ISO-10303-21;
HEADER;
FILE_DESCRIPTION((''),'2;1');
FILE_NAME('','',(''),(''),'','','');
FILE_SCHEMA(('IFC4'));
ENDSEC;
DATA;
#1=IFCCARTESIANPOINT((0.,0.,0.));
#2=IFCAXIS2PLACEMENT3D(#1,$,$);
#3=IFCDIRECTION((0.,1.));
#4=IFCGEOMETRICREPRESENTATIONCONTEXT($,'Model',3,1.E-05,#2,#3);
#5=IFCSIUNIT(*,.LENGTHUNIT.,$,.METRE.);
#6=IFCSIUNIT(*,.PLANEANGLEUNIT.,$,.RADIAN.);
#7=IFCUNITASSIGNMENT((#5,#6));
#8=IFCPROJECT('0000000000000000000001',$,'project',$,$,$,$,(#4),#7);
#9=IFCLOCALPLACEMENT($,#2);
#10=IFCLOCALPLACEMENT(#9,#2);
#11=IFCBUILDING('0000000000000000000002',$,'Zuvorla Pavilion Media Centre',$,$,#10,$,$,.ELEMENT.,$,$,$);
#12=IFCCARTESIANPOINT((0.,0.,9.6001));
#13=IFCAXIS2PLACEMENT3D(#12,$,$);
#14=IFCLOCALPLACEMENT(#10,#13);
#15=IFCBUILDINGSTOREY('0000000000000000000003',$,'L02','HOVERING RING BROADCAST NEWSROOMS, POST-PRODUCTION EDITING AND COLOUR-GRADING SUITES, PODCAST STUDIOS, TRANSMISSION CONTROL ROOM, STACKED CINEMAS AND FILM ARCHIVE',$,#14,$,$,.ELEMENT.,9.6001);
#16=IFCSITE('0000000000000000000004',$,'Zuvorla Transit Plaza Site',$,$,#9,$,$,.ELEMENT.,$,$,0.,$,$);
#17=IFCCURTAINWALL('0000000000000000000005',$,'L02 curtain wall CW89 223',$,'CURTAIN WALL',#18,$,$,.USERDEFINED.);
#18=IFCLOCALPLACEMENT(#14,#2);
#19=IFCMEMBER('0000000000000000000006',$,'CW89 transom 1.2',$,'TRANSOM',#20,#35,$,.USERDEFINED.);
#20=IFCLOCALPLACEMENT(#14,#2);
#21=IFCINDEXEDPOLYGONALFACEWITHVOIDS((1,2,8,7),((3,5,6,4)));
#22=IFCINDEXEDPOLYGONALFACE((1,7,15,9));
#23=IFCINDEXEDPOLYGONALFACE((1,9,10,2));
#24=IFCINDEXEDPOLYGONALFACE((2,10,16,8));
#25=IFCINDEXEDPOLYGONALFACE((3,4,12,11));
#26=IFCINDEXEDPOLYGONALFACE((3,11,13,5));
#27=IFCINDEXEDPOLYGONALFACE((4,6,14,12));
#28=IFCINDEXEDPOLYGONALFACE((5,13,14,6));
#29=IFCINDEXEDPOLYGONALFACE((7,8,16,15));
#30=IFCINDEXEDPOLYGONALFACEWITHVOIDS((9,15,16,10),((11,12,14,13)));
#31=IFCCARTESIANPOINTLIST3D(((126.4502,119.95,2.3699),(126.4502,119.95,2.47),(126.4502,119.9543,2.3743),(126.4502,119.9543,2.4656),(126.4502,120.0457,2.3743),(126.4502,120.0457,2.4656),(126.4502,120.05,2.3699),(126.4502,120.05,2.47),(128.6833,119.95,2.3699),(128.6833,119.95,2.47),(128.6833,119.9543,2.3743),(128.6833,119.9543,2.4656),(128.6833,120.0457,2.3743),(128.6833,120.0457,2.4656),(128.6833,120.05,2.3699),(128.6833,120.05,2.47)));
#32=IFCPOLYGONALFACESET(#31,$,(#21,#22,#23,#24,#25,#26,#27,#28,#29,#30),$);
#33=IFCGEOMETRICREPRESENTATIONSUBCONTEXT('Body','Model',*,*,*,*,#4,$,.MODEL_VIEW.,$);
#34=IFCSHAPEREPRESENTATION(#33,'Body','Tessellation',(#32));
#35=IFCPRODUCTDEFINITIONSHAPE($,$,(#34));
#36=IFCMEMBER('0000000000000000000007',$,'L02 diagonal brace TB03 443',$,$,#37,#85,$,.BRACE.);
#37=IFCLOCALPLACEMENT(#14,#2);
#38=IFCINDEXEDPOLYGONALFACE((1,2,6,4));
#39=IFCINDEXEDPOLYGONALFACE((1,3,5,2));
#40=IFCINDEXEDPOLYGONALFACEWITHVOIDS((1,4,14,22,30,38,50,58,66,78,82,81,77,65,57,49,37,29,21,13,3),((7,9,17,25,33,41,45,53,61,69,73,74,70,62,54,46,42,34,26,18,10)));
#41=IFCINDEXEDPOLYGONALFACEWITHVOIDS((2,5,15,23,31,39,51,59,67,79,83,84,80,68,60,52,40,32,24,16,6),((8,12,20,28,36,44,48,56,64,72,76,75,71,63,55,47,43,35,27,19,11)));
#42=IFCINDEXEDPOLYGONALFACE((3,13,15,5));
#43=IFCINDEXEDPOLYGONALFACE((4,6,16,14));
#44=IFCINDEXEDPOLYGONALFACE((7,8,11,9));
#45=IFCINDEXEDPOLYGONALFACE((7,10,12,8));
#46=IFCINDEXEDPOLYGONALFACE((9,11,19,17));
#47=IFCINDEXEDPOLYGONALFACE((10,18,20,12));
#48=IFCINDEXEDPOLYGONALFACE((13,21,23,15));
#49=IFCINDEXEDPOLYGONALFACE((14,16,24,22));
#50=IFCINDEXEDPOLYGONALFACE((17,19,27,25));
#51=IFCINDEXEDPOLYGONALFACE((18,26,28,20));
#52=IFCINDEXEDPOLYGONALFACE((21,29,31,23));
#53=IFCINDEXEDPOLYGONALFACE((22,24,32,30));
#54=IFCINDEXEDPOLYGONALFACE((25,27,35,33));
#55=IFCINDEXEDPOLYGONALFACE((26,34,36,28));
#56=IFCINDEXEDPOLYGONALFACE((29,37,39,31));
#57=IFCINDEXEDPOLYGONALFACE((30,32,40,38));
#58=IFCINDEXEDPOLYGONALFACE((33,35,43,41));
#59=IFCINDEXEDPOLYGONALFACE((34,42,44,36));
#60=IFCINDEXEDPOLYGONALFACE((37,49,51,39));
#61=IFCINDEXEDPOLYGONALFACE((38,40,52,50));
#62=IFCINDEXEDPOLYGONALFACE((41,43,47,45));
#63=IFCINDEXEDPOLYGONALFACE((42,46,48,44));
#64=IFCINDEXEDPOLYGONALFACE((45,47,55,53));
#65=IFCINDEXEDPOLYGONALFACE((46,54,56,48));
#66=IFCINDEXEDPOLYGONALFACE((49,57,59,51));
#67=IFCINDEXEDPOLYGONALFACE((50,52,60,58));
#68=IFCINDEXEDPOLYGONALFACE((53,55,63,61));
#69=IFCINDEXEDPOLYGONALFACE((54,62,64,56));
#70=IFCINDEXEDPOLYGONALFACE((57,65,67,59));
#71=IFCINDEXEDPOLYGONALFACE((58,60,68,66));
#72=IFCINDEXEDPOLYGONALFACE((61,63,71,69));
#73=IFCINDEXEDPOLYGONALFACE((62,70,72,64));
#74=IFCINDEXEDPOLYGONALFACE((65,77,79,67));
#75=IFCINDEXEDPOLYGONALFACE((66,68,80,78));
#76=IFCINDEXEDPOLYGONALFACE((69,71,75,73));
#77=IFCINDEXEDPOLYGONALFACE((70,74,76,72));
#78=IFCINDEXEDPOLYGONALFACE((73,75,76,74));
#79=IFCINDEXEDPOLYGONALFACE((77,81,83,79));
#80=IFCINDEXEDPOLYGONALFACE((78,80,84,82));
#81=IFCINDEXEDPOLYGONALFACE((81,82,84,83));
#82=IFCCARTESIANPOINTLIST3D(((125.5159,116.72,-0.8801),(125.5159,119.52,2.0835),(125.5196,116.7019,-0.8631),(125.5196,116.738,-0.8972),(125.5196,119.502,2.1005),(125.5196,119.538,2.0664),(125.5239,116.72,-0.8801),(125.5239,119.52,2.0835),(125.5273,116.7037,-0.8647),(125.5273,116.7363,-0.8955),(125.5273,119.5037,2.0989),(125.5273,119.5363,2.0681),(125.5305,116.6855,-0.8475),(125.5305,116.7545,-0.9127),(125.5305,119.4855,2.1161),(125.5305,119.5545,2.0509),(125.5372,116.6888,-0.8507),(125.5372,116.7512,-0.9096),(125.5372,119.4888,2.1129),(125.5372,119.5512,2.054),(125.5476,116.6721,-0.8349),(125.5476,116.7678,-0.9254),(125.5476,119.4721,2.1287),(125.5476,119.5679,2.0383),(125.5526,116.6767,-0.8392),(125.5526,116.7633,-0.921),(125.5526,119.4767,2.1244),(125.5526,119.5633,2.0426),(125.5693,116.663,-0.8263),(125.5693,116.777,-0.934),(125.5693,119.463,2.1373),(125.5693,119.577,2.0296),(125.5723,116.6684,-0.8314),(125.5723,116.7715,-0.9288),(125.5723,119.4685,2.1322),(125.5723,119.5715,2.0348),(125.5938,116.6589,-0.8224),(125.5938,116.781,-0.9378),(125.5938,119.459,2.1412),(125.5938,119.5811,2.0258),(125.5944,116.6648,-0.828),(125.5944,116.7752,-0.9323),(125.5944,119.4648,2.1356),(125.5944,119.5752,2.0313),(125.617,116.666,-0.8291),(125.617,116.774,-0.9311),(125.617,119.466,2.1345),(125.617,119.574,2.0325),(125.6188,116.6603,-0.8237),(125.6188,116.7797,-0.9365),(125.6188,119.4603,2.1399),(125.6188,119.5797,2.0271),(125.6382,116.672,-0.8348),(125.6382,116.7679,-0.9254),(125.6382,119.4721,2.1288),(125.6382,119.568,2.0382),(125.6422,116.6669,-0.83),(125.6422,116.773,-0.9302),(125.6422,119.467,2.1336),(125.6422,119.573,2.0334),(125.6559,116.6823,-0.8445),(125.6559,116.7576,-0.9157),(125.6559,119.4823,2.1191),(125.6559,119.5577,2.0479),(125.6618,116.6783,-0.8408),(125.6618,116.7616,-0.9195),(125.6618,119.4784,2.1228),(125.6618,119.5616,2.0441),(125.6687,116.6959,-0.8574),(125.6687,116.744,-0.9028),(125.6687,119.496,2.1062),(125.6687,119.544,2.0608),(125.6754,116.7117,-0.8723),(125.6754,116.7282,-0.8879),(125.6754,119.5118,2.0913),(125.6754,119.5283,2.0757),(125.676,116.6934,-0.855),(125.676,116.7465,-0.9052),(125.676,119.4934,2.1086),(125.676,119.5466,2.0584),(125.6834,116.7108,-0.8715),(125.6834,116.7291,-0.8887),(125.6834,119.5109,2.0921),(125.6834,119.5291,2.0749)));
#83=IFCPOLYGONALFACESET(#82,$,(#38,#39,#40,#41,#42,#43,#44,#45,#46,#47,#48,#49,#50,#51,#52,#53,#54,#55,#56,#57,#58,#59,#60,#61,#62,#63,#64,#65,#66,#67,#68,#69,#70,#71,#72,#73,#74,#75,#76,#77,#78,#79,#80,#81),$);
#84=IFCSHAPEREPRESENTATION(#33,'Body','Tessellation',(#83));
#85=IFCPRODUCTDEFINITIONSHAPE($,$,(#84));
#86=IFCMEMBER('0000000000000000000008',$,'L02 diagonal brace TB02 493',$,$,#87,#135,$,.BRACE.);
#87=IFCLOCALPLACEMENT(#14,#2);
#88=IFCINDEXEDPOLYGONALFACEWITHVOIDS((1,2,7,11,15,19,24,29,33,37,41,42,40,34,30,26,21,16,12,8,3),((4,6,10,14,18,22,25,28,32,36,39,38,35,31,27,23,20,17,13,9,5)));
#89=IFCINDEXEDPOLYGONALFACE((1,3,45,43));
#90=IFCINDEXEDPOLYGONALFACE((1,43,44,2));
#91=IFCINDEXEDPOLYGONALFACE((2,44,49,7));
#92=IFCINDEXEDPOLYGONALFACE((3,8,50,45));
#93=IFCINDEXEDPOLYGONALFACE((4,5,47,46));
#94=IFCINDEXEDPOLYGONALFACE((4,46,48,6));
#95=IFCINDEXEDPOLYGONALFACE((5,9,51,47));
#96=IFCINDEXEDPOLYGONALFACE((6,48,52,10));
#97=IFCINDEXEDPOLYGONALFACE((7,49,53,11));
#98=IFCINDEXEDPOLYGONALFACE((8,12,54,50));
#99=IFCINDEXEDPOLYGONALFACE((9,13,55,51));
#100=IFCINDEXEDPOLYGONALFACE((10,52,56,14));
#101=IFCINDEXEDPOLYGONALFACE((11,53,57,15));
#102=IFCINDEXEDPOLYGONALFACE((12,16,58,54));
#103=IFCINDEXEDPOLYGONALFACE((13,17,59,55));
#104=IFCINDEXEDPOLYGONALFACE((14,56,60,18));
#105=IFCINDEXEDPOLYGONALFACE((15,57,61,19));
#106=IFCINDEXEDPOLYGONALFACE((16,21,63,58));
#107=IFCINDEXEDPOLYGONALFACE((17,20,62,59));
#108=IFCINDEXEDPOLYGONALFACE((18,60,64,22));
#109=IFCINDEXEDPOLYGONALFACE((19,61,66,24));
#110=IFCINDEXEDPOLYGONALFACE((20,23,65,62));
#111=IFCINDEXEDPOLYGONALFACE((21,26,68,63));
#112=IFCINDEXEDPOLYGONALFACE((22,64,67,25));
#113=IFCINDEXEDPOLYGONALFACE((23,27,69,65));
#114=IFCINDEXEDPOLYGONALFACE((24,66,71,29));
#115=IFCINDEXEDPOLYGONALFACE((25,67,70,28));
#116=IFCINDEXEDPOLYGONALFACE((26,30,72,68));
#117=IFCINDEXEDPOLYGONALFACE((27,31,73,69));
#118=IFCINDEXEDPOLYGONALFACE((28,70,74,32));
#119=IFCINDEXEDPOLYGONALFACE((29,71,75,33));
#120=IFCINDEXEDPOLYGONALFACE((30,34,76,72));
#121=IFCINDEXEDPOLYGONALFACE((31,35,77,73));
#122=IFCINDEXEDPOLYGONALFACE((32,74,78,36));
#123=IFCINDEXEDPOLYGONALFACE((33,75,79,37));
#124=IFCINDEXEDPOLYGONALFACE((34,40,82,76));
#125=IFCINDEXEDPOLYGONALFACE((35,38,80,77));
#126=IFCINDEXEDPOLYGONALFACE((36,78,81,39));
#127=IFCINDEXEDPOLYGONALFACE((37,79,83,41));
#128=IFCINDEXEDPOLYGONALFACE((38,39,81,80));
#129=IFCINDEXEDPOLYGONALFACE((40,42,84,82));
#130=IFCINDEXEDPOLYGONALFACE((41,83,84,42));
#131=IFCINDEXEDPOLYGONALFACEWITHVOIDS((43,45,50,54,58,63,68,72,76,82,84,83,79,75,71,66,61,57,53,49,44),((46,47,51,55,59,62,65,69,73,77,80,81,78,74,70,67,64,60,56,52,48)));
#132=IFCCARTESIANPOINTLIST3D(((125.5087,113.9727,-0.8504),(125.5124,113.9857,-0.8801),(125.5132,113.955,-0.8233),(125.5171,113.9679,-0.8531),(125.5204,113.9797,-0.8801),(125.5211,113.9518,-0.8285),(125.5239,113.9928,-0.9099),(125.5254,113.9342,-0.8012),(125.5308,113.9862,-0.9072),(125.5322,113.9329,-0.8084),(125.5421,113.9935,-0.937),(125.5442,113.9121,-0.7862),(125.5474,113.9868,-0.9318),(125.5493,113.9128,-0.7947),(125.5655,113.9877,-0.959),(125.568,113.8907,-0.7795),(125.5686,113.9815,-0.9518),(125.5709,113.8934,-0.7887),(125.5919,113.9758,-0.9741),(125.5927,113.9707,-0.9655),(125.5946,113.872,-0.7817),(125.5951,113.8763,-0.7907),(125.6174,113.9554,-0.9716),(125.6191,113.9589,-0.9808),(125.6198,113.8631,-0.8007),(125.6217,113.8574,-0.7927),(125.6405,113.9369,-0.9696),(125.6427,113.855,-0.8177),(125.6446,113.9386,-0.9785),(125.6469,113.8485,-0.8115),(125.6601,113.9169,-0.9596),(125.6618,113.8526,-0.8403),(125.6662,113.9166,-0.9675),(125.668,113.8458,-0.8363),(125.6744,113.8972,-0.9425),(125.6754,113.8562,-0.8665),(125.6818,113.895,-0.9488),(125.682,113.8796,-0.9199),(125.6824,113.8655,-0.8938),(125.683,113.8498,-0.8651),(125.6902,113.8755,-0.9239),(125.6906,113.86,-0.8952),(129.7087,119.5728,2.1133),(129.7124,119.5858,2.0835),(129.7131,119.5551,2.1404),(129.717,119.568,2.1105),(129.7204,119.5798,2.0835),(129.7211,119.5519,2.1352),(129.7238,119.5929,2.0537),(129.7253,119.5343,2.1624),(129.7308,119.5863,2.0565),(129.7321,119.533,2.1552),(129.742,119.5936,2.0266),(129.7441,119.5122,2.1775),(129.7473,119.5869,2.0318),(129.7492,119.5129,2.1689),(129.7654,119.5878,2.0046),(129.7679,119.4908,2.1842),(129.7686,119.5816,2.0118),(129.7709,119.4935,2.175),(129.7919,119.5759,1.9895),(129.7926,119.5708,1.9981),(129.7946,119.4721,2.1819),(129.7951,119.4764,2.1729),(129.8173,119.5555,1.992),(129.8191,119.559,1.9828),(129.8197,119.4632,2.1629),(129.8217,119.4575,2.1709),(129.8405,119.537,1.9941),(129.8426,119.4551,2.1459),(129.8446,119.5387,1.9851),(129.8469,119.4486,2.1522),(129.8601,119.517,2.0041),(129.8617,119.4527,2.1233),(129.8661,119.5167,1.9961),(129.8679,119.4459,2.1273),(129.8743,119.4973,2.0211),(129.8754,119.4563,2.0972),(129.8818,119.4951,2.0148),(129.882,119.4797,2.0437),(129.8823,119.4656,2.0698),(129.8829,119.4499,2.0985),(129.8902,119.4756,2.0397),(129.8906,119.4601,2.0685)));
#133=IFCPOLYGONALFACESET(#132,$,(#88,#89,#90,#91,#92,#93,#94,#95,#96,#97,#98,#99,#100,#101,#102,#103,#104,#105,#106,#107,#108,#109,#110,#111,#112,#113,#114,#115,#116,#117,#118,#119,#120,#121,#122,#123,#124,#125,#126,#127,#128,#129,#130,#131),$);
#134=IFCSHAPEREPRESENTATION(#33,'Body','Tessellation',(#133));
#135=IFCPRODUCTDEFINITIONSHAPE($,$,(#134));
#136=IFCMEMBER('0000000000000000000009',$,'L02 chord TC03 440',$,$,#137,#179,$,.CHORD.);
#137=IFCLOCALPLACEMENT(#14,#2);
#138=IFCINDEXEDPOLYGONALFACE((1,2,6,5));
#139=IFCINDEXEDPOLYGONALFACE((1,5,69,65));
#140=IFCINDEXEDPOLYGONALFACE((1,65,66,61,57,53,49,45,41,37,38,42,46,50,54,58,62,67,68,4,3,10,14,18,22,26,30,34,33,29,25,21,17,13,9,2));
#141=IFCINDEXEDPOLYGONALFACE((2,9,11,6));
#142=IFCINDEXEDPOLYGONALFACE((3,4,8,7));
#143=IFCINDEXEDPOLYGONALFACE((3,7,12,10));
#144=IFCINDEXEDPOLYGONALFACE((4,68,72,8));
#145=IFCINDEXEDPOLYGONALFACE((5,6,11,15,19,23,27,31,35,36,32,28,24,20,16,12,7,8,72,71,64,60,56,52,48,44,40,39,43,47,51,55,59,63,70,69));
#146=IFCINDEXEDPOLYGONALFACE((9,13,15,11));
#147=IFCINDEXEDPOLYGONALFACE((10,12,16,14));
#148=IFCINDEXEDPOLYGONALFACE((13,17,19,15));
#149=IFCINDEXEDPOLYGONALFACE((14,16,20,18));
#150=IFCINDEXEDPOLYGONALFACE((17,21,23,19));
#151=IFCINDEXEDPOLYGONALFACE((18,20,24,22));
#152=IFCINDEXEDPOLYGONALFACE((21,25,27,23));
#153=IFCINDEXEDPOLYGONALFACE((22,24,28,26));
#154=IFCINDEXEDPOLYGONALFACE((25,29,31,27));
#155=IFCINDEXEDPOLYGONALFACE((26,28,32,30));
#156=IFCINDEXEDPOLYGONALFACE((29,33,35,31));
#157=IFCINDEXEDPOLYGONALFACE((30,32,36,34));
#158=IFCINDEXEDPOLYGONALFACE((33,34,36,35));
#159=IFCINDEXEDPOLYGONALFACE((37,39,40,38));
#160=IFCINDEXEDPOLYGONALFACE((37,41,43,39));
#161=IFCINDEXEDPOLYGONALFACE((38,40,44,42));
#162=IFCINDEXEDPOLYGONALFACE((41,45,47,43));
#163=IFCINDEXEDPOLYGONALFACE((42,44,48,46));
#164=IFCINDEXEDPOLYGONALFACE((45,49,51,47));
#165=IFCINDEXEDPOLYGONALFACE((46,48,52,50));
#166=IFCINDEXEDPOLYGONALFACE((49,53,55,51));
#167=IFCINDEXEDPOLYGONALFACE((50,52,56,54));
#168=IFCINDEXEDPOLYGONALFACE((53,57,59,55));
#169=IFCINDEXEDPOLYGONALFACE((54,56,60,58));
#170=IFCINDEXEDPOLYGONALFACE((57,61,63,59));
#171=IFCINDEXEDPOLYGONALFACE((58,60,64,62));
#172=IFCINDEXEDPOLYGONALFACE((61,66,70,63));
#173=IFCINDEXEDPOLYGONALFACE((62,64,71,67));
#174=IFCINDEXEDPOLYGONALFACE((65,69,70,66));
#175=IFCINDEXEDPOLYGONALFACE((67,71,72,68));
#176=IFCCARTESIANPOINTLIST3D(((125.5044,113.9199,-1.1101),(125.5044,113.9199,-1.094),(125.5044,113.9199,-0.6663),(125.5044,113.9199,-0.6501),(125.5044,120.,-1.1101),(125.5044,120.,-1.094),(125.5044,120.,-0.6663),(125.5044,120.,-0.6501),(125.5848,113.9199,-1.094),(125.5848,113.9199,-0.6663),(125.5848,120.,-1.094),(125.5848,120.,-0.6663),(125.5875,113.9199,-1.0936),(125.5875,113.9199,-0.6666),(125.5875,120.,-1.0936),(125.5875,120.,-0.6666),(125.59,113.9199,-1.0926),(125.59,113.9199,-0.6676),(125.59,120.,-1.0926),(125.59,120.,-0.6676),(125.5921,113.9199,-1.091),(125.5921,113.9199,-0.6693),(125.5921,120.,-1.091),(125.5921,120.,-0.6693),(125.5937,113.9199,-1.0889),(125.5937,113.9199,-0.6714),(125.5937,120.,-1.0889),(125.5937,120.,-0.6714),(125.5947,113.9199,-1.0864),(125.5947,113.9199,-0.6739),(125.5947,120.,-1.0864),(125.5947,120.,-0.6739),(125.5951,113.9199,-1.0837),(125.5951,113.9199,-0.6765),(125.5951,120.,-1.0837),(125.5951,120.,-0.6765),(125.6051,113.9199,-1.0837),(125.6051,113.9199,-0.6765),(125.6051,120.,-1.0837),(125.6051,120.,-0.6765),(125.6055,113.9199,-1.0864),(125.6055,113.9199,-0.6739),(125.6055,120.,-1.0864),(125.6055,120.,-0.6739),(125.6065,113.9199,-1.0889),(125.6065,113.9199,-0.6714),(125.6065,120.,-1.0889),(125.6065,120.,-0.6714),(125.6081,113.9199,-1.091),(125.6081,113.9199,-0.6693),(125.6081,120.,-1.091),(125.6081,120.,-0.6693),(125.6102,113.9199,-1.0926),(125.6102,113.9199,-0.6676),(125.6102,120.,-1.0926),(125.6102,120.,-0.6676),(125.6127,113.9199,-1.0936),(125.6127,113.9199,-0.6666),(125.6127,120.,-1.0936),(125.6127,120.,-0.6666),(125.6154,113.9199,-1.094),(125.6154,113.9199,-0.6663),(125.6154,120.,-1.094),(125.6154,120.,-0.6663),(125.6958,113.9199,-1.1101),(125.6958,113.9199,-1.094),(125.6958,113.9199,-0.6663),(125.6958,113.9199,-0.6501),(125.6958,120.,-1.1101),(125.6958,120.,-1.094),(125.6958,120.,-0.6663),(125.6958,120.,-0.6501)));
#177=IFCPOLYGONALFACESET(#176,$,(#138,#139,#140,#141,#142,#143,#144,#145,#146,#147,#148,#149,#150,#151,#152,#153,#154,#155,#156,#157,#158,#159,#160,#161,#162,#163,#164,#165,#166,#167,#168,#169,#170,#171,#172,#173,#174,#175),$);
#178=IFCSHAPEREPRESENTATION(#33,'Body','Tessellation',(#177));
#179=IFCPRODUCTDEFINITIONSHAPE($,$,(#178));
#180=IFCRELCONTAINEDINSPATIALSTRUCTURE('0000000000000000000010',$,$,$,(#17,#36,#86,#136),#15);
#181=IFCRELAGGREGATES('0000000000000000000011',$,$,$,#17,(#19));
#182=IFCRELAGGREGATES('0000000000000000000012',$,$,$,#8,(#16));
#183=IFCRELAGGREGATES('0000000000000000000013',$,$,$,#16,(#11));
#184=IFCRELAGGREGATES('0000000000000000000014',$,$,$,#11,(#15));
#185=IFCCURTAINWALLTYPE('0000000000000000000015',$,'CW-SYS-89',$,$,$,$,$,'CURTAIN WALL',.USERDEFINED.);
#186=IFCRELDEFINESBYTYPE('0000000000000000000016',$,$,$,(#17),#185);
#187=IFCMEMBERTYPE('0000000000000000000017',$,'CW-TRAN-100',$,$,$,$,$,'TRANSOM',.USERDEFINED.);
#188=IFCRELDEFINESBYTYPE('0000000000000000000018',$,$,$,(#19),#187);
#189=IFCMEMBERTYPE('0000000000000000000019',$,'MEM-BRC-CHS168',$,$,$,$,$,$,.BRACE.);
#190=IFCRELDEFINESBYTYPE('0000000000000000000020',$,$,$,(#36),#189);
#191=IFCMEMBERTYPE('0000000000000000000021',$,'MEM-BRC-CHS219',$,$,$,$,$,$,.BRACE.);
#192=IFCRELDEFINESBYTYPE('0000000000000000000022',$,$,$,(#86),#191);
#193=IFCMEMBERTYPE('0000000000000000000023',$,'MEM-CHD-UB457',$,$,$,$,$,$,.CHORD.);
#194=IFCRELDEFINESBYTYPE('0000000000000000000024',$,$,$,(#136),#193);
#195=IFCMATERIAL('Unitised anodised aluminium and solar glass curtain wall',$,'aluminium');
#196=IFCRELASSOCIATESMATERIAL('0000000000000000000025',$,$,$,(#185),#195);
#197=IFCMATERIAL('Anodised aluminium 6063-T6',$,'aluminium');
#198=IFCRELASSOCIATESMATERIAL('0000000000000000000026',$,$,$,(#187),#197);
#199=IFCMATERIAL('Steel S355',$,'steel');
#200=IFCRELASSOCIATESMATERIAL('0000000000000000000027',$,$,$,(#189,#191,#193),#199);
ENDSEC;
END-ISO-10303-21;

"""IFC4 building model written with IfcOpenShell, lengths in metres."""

from ifc_helpers import new_model, si_unit, direction, frame, origin, origin_2d, place, context, subcontext, project, spatial, hollow_rectangle, hollow_circle, i_section, extrude, material, material_profile, profile_set, type_object, element, aggregate, save


model = new_model("IFC4")

# Units and contexts
model_context = context("Model", 3, precision=1e-05, world=origin(), true_north=direction((0.0, 1.0)))
body_context = subcontext(model_context, "Body", "Model", "MODEL_VIEW")
ifc_project = project(units=[si_unit("LENGTHUNIT", "METRE"), si_unit("PLANEANGLEUNIT", "RADIAN")], contexts=[model_context])

# Site, building, storey
site_placement = place(None, origin())
site = spatial("IfcSite", under=ifc_project, at=site_placement, Name="Zuvorla Transit Plaza Site", CompositionType="ELEMENT", RefElevation=0.0)
building_placement = place(site_placement, origin())
building = spatial("IfcBuilding", under=site, at=building_placement, Name="Zuvorla Pavilion Media Centre", CompositionType="ELEMENT")
storey_placement = place(building_placement, frame((0.0, 0.0, 9.6001)))
storey = spatial("IfcBuildingStorey", under=building, at=storey_placement, Name="L02", Description="HOVERING RING BROADCAST NEWSROOMS, POST-PRODUCTION EDITING AND COLOUR-GRADING SUITES, PODCAST STUDIOS, TRANSMISSION CONTROL ROOM, STACKED CINEMAS AND FILM ARCHIVE", CompositionType="ELEMENT", Elevation=9.6001)

# Shared definitions
ifc_material_1 = material(Name="Steel S355", Category="steel")

# Curtain wall
ifc_material_2 = material(Name="Unitised anodised aluminium and solar glass curtain wall", Category="aluminium")
ifc_material_3 = material(Name="Anodised aluminium 6063-T6", Category="aluminium")
curtain_wall_type_1 = type_object("IfcCurtainWallType", Name="CW-SYS-89", ElementType="CURTAIN WALL", PredefinedType="USERDEFINED", material=ifc_material_2)
curtain_wall_1_placement = place(storey_placement, origin())
curtain_wall_1 = element("IfcCurtainWall", 1, at=curtain_wall_1_placement, inside=storey, type_object=curtain_wall_type_1, Name="L02 curtain wall CW89 223", ObjectType="CURTAIN WALL", PredefinedType="USERDEFINED")

# Member
ifc_material_profile_1 = material_profile(ifc_material_3, hollow_rectangle(XDim=0.1001, YDim=0.1001, WallThickness=0.0044, at=origin_2d()), Name="ALU TRAN 100x100")
ifc_profile_set_1 = profile_set([ifc_material_profile_1], Name="Anodised aluminium 6063-T6")
member_type_1 = type_object("IfcMemberType", Name="CW-TRAN-100", ElementType="TRANSOM", PredefinedType="USERDEFINED", material=ifc_profile_set_1)
member_1_placement = place(storey_placement, frame((126.4502, 120.0, 2.4199), z_axis=(1.0, 0.0, 0.0), x_axis=(0.0, 1.0, 0.0)))
member_1 = element("IfcMember", 2, at=member_1_placement, type_object=member_type_1, Name="CW89 transom 1.2", ObjectType="TRANSOM", PredefinedType="USERDEFINED", context=body_context, shape_type="SweptSolid", body=[
    extrude(hollow_rectangle(XDim=0.1001, YDim=0.1001, WallThickness=0.0044, at=origin_2d()), origin(), (0.0, 0.0, 1.0), 2.2332),
])

# Members
ifc_material_profile_2 = material_profile(ifc_material_1, hollow_circle(Radius=0.0842, WallThickness=0.0081, at=origin_2d()), Name="CHS 168.3x8")
ifc_profile_set_2 = profile_set([ifc_material_profile_2], Name="Steel S355")
member_type_2 = type_object("IfcMemberType", Name="MEM-BRC-CHS168", PredefinedType="BRACE", material=ifc_profile_set_2)
member_2_placement = place(storey_placement, frame((125.6001, 116.72, -0.8801), z_axis=(0.0, 0.686762, 0.726882), x_axis=(-1.0, 0.0, 0.0)))
element("IfcMember", 3, at=member_2_placement, inside=storey, type_object=member_type_2, Name="L02 diagonal brace TB03 443", PredefinedType="BRACE", context=body_context, shape_type="SweptSolid", body=[
    extrude(hollow_circle(Radius=0.0842, WallThickness=0.0081, at=origin_2d()), origin(), (0.0, 0.0, 1.0), 4.0771),
])
ifc_material_profile_3 = material_profile(ifc_material_1, hollow_circle(Radius=0.1096, WallThickness=0.01, at=origin_2d()), Name="CHS 219.1x10")
ifc_profile_set_3 = profile_set([ifc_material_profile_3], Name="Steel S355")
member_type_3 = type_object("IfcMemberType", Name="MEM-BRC-CHS219", PredefinedType="BRACE", material=ifc_profile_set_3)
member_3_placement = place(storey_placement, frame((125.6001, 113.9199, -0.8801), z_axis=(0.552512, 0.736704, 0.38987), x_axis=(-0.800008, 0.599989, 0.0)))
element("IfcMember", 4, at=member_3_placement, inside=storey, type_object=member_type_3, Name="L02 diagonal brace TB02 493", PredefinedType="BRACE", context=body_context, shape_type="SweptSolid", body=[
    extrude(hollow_circle(Radius=0.1096, WallThickness=0.01, at=origin_2d()), origin(), (0.0, 0.0, 1.0), 7.6016),
])
ifc_material_profile_4 = material_profile(ifc_material_1, i_section(OverallWidth=0.1914, OverallDepth=0.46, WebThickness=0.01, FlangeThickness=0.0161, FilletRadius=0.0103, at=origin_2d()), Name="UB 457x191x82")
ifc_profile_set_4 = profile_set([ifc_material_profile_4], Name="Steel S355")
member_type_4 = type_object("IfcMemberType", Name="MEM-CHD-UB457", PredefinedType="CHORD", material=ifc_profile_set_4)
member_4_placement = place(storey_placement, frame((125.6001, 113.9199, -0.8801), z_axis=(0.0, 1.0, 0.0), x_axis=(-1.0, 0.0, 0.0)))
element("IfcMember", 5, at=member_4_placement, inside=storey, type_object=member_type_4, Name="L02 chord TC03 440", PredefinedType="CHORD", context=body_context, shape_type="SweptSolid", body=[
    extrude(i_section(OverallWidth=0.1914, OverallDepth=0.46, WebThickness=0.01, FlangeThickness=0.0161, FilletRadius=0.0103, at=origin_2d()), origin(), (0.0, 0.0, 1.0), 6.0801),
])

aggregate(curtain_wall_1, [member_1])

save(model, "model.ifc")
